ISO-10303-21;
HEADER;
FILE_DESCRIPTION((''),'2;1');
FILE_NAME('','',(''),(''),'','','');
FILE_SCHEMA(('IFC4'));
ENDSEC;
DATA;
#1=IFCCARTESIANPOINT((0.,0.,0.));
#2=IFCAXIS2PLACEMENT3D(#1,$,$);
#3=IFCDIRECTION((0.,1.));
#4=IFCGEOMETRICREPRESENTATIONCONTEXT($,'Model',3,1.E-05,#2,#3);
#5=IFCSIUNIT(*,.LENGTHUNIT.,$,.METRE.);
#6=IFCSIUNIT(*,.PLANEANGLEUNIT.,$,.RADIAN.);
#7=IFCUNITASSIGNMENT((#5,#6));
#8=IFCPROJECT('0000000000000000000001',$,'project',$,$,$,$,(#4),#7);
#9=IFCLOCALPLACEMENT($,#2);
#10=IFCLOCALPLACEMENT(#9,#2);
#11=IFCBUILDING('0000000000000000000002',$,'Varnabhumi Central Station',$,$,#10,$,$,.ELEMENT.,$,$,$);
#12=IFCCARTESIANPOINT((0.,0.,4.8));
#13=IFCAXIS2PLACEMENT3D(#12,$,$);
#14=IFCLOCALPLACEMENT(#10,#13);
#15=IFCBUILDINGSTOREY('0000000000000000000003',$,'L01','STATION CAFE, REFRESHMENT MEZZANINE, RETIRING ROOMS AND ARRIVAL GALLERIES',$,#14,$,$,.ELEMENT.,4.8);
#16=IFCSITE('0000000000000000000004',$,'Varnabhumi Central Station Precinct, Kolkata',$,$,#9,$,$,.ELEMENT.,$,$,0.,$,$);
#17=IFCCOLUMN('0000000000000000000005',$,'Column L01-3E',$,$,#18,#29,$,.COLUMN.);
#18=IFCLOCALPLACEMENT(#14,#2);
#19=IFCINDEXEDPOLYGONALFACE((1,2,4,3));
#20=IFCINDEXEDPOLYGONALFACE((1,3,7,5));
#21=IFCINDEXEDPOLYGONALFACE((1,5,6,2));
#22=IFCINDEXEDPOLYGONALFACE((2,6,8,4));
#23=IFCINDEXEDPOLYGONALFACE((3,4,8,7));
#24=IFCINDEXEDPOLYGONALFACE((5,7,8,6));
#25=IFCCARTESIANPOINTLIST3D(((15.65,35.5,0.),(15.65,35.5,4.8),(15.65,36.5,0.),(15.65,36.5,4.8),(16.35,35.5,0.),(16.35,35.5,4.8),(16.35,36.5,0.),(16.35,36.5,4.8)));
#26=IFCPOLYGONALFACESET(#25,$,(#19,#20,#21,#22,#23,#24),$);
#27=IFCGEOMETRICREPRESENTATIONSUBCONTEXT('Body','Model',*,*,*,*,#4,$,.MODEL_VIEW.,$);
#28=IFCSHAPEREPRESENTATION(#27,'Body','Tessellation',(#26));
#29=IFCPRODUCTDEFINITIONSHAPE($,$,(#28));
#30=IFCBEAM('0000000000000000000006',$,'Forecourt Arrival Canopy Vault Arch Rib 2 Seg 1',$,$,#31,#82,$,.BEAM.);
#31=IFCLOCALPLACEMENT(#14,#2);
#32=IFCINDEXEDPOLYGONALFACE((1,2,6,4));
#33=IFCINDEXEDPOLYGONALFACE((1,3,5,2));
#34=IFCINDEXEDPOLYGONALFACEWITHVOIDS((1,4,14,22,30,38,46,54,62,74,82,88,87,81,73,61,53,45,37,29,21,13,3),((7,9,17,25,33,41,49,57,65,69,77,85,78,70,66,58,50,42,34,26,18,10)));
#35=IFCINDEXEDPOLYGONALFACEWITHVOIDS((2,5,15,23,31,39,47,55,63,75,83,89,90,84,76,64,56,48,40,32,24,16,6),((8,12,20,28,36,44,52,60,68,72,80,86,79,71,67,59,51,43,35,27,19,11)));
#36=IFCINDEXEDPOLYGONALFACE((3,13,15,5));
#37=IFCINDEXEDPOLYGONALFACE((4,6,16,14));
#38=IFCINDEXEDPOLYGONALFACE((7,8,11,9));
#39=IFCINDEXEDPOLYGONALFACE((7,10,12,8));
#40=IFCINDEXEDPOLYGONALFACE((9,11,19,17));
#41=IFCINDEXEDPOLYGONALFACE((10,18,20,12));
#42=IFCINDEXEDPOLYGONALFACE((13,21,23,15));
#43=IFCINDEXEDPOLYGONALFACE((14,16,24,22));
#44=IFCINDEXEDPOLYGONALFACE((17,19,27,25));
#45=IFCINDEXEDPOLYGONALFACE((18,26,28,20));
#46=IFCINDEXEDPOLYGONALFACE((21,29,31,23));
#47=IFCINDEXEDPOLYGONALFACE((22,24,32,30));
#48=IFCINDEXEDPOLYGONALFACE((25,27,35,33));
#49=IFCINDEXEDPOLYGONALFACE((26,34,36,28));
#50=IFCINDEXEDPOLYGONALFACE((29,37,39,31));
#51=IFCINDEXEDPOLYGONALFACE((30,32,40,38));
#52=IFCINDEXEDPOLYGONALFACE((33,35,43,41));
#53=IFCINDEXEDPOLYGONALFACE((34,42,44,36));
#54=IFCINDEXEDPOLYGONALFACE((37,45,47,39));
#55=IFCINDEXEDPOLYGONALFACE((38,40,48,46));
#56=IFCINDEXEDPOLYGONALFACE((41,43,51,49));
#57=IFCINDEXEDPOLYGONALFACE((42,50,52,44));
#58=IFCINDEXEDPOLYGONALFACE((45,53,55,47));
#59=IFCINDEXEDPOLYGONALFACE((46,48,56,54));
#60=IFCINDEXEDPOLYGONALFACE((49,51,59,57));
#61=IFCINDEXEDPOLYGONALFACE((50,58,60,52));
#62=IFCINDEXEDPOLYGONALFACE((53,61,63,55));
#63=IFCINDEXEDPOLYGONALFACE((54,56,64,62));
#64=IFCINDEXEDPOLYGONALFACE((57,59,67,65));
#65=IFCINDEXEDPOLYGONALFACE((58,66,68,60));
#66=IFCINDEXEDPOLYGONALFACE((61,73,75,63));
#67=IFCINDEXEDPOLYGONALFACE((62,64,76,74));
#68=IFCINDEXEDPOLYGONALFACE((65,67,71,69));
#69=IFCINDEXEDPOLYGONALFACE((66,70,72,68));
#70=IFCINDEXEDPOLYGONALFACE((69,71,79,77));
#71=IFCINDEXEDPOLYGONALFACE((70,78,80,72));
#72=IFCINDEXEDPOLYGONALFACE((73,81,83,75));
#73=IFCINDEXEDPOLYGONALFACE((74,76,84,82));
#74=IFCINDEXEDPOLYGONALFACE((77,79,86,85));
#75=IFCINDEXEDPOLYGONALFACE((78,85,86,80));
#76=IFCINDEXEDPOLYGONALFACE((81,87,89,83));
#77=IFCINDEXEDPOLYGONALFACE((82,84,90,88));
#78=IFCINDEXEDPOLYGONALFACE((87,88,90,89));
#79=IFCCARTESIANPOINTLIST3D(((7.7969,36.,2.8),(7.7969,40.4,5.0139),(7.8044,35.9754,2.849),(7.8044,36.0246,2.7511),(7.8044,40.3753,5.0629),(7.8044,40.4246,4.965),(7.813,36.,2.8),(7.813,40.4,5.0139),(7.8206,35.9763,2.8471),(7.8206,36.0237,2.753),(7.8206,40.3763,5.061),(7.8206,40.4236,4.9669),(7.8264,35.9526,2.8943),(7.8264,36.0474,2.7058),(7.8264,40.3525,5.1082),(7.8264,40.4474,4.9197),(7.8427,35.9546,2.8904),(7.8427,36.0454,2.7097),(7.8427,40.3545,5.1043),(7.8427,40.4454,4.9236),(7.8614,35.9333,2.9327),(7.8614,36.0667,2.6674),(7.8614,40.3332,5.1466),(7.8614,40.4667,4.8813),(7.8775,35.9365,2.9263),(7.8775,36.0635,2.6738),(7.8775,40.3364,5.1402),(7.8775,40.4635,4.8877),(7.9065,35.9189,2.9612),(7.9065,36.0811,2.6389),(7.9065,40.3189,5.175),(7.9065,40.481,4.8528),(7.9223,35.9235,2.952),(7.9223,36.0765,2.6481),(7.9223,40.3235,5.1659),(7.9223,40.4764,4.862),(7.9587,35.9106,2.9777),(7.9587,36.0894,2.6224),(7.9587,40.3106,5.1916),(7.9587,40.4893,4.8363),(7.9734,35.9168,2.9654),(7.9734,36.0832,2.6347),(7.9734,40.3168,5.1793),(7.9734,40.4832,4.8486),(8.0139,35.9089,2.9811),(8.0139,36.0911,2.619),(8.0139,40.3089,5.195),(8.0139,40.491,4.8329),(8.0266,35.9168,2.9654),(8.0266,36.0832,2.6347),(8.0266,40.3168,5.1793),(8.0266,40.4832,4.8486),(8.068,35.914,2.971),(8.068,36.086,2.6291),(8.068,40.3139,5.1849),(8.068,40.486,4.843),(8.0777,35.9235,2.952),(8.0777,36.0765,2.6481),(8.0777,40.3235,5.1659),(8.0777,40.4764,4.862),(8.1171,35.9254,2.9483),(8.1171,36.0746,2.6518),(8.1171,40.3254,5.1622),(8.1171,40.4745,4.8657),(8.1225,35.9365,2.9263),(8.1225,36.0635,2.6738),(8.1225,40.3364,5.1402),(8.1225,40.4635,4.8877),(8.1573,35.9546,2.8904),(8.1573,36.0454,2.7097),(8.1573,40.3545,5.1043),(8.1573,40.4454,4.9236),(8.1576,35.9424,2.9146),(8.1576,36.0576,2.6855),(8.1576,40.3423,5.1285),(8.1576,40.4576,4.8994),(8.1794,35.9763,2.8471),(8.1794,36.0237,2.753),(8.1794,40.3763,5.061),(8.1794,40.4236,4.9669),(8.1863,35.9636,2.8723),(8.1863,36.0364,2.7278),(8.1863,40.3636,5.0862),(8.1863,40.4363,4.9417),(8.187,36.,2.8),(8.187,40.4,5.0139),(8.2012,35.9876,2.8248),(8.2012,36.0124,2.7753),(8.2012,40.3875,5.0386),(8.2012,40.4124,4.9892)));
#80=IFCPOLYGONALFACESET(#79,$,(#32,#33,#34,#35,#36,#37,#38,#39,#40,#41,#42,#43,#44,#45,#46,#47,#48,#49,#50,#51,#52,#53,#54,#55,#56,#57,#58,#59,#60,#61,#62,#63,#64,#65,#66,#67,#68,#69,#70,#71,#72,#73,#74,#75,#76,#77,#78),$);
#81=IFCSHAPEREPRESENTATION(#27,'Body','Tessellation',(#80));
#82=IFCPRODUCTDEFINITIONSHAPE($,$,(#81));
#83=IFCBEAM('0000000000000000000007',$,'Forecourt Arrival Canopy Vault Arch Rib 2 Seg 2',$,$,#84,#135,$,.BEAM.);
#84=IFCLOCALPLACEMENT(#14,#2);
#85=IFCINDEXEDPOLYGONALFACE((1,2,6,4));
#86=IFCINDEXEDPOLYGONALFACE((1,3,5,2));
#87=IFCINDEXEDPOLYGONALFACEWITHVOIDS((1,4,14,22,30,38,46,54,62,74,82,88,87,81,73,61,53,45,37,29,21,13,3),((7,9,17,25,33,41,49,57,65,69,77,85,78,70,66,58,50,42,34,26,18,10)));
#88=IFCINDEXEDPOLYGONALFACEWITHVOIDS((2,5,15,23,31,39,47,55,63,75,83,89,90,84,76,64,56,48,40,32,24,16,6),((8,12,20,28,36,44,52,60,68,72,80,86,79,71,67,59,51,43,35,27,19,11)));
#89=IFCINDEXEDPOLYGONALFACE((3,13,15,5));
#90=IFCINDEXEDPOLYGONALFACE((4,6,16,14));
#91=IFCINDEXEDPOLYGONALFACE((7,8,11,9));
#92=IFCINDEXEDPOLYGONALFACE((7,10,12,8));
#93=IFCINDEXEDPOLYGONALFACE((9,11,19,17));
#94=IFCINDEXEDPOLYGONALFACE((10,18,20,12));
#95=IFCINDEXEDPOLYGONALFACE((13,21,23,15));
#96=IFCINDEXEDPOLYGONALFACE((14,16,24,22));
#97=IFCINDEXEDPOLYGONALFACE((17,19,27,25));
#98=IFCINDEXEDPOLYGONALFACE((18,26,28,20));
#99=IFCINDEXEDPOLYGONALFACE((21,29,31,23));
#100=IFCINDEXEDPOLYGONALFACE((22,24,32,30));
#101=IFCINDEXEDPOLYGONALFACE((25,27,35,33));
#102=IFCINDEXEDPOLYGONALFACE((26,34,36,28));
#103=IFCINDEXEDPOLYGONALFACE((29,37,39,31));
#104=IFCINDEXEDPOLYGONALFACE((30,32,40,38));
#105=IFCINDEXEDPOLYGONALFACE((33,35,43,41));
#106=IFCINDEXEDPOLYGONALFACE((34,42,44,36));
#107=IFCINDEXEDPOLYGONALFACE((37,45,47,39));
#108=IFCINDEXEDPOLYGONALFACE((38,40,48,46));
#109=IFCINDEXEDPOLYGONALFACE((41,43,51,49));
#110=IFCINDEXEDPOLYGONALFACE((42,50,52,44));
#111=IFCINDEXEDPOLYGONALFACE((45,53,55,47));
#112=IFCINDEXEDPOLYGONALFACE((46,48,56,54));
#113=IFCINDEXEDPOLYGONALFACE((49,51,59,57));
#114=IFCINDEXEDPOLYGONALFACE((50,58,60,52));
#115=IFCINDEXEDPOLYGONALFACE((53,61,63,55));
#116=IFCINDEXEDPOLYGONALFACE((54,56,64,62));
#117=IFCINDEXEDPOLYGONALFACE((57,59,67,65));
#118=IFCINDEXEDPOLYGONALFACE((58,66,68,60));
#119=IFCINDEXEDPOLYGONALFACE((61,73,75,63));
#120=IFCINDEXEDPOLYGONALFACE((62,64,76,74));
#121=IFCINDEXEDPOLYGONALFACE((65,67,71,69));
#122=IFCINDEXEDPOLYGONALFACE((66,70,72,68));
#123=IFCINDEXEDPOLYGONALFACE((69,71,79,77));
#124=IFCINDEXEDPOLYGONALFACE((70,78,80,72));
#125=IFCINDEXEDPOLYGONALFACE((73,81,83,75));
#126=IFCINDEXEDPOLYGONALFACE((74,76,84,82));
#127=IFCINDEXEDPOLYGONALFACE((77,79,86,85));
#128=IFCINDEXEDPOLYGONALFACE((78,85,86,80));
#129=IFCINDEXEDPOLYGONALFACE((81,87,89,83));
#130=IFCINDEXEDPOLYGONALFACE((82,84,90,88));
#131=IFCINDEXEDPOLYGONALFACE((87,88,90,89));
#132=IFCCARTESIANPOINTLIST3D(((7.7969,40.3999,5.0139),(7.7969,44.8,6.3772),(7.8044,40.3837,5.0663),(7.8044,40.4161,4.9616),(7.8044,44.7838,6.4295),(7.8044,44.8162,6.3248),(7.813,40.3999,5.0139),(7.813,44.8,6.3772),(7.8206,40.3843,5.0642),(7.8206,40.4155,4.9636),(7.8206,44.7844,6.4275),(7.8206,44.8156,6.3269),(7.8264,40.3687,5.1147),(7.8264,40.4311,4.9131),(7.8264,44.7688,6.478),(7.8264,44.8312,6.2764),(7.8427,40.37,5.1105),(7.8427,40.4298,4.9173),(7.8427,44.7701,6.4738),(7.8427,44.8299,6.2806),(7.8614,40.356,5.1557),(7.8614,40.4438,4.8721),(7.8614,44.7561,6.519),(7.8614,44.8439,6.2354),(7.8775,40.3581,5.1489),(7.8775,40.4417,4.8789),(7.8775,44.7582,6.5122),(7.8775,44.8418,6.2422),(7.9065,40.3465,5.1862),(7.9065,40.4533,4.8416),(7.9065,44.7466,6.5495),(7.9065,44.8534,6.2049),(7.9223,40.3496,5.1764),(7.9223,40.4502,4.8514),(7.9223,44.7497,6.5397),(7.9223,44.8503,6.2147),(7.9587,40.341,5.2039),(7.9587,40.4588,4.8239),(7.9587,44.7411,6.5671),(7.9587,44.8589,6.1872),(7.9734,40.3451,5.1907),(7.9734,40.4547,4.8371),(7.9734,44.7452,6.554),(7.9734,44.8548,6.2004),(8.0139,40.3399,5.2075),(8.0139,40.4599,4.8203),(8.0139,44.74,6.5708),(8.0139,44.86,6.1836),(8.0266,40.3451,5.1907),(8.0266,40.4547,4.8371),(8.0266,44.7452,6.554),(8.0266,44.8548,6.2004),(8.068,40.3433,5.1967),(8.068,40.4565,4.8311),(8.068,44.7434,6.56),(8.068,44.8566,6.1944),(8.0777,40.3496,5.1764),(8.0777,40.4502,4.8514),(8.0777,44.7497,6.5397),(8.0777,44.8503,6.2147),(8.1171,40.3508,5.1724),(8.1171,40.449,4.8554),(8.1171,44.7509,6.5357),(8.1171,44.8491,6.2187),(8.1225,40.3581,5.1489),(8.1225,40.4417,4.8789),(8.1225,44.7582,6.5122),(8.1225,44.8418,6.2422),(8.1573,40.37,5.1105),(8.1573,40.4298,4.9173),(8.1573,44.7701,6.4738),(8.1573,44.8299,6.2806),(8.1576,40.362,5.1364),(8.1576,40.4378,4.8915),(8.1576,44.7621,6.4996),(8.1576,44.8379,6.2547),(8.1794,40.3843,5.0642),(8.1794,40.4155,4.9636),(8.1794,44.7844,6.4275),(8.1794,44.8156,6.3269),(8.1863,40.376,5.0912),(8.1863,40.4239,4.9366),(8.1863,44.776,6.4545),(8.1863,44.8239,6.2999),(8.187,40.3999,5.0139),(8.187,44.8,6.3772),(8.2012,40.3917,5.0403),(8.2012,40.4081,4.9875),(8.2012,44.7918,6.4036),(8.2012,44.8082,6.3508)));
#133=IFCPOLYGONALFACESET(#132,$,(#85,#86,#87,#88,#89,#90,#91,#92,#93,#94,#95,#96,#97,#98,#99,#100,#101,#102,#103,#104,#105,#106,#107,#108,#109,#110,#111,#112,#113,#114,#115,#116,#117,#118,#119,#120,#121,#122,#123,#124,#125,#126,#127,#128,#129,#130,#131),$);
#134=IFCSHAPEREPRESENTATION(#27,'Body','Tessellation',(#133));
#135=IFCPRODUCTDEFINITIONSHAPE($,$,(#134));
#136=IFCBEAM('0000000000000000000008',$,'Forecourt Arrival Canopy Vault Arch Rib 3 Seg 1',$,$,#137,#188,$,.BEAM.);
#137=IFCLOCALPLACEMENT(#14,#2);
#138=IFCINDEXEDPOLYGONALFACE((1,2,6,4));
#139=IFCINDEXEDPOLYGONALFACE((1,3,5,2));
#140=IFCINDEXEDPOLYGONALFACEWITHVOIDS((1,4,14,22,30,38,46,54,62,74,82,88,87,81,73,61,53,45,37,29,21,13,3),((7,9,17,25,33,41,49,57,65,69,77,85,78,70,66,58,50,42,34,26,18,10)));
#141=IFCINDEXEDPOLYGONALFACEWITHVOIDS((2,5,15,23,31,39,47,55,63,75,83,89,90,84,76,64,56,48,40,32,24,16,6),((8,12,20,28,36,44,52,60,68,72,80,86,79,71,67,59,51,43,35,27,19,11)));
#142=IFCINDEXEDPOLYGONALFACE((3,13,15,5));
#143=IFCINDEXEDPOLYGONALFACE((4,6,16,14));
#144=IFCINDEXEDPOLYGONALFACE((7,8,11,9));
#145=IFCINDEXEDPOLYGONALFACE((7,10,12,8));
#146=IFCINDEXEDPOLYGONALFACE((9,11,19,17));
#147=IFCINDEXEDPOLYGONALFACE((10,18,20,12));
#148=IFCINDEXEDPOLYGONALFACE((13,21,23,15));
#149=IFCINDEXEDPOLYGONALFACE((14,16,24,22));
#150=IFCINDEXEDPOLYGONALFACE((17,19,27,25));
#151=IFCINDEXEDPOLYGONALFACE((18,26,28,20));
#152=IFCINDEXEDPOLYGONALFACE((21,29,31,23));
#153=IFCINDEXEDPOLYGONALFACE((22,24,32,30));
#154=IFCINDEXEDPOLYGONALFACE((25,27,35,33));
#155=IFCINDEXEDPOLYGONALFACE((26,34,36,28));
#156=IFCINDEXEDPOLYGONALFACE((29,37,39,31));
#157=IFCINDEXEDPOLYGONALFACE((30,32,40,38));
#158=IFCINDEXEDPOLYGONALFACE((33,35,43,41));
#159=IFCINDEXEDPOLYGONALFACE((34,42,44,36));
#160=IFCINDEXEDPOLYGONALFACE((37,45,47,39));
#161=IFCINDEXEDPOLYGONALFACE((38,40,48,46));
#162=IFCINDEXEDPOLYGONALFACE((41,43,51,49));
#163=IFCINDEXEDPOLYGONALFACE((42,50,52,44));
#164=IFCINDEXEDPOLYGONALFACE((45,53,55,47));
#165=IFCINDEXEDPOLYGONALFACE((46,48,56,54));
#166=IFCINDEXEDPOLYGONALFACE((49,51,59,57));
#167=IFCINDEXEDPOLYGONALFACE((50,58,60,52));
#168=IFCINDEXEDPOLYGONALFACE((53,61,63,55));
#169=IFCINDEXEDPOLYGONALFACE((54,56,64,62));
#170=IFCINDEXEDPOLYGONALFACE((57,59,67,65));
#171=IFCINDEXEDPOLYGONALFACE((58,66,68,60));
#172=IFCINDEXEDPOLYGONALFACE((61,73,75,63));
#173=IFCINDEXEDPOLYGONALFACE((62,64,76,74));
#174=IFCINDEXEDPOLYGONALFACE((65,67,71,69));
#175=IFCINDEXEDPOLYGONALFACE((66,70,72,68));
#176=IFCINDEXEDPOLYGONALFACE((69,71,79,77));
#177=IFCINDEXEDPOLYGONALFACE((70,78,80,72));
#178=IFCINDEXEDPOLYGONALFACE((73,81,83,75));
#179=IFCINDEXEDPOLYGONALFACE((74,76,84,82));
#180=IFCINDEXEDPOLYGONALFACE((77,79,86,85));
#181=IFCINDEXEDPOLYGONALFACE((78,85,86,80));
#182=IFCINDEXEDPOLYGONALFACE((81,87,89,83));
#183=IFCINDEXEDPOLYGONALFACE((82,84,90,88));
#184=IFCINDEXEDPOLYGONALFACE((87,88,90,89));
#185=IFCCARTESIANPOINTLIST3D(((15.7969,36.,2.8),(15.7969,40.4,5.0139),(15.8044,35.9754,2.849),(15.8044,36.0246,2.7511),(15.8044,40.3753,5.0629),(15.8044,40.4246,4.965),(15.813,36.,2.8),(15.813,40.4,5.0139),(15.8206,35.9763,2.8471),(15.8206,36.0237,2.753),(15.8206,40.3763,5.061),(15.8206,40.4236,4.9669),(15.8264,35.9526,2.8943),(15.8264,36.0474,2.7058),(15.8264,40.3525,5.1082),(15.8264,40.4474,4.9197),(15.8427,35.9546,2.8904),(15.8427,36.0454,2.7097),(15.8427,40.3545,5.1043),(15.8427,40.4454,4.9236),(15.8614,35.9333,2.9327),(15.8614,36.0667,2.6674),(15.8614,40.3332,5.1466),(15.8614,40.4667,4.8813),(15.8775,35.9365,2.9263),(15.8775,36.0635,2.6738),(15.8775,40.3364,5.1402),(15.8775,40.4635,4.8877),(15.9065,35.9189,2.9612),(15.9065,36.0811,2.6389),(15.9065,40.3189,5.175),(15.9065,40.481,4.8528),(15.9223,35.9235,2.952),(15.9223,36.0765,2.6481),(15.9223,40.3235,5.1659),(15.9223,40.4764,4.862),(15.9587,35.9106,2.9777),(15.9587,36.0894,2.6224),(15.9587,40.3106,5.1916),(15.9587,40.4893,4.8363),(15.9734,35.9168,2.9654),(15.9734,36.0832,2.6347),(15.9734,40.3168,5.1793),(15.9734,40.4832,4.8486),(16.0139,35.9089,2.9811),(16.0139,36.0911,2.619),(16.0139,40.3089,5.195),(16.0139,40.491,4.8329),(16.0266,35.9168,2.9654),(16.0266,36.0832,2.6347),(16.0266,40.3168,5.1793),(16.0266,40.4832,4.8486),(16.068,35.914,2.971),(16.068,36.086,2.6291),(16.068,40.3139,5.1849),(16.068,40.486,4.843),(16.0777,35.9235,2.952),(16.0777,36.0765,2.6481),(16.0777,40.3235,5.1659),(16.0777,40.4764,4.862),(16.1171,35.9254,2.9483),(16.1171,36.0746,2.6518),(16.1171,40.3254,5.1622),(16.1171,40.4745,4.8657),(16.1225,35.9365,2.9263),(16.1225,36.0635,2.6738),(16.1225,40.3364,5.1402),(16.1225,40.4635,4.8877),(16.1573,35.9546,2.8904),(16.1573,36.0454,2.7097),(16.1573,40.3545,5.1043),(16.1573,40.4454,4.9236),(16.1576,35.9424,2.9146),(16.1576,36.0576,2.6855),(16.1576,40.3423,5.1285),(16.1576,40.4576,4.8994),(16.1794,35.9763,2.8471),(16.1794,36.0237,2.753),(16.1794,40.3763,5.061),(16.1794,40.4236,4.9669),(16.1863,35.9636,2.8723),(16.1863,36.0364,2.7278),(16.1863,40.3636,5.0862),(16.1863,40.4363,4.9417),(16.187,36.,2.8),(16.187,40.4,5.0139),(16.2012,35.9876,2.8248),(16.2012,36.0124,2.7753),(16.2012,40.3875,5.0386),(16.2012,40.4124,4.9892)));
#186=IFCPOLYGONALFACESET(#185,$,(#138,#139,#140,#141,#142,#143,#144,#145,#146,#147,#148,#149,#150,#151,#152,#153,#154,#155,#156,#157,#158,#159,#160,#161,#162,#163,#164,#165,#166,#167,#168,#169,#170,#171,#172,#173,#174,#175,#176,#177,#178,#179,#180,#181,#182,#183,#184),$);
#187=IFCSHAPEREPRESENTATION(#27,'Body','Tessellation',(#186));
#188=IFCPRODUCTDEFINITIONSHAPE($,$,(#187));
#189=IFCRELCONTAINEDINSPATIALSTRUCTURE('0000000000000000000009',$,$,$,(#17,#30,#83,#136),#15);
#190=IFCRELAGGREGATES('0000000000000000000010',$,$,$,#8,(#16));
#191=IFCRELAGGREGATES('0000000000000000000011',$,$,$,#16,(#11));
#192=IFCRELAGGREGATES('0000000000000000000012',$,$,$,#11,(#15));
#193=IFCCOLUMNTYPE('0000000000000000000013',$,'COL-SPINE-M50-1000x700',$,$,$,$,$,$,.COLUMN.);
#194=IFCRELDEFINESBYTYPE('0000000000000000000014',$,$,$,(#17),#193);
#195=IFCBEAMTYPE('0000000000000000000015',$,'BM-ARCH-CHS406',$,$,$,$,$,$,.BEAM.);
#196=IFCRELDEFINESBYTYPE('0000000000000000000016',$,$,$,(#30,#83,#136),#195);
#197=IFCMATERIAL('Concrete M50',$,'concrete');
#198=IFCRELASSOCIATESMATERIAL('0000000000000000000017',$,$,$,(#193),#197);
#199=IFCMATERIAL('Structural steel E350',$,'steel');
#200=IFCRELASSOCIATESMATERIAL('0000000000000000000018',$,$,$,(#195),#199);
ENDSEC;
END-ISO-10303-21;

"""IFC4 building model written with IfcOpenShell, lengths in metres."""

from ifc_helpers import new_model, si_unit, direction, frame, origin, origin_2d, place, context, subcontext, project, spatial, rectangle, hollow_circle, extrude, material, material_profile, profile_set, type_object, element, save


model = new_model("IFC4")

# Units and contexts
model_context = context("Model", 3, precision=1e-05, world=origin(), true_north=direction((0.0, 1.0)))
body_context = subcontext(model_context, "Body", "Model", "MODEL_VIEW")
ifc_project = project(units=[si_unit("LENGTHUNIT", "METRE"), si_unit("PLANEANGLEUNIT", "RADIAN")], contexts=[model_context])

# Site, building, storey
site_placement = place(None, origin())
site = spatial("IfcSite", under=ifc_project, at=site_placement, Name="Varnabhumi Central Station Precinct, Kolkata", CompositionType="ELEMENT", RefElevation=0.0)
building_placement = place(site_placement, origin())
building = spatial("IfcBuilding", under=site, at=building_placement, Name="Varnabhumi Central Station", CompositionType="ELEMENT")
storey_placement = place(building_placement, frame((0.0, 0.0, 4.8)))
storey = spatial("IfcBuildingStorey", under=building, at=storey_placement, Name="L01", Description="STATION CAFE, REFRESHMENT MEZZANINE, RETIRING ROOMS AND ARRIVAL GALLERIES", CompositionType="ELEMENT", Elevation=4.8)

# Column
ifc_material_1 = material(Name="Concrete M50", Category="concrete")
ifc_material_profile_1 = material_profile(ifc_material_1, rectangle(XDim=0.7, YDim=1.0, at=origin_2d()), Name="Concrete M50", Category="concrete")
ifc_profile_set_1 = profile_set([ifc_material_profile_1], Name="Concrete M50")
column_type = type_object("IfcColumnType", Name="COL-SPINE-M50-1000x700", PredefinedType="COLUMN", material=ifc_profile_set_1)
column_placement = place(storey_placement, frame((16.0, 36.0, 0.0), z_axis=(0.0, 0.0, 1.0), x_axis=(1.0, 0.0, 0.0)))
element("IfcColumn", 1, at=column_placement, inside=storey, type_object=column_type, Name="Column L01-3E", PredefinedType="COLUMN", context=body_context, shape_type="SweptSolid", body=[
    extrude(rectangle(XDim=0.7, YDim=1.0, at=origin_2d()), origin(), (0.0, 0.0, 1.0), 4.8),
])

# Beams
ifc_material_2 = material(Name="Structural steel E350", Category="steel")
ifc_material_profile_2 = material_profile(ifc_material_2, hollow_circle(Radius=0.2031, WallThickness=0.0161, at=origin_2d()), Name="Structural steel E350", Category="steel")
ifc_profile_set_2 = profile_set([ifc_material_profile_2], Name="Structural steel E350")
beam_type_1 = type_object("IfcBeamType", Name="BM-ARCH-CHS406", PredefinedType="BEAM", material=ifc_profile_set_2)
beam_1_placement = place(storey_placement, frame((8.0, 36.0, 2.8), z_axis=(0.0, 0.893294, 0.449472), x_axis=(-1.0, 0.0, 0.0)))
element("IfcBeam", 2, at=beam_1_placement, inside=storey, type_object=beam_type_1, Name="Forecourt Arrival Canopy Vault Arch Rib 2 Seg 1", PredefinedType="BEAM", context=body_context, shape_type="SweptSolid", body=[
    extrude(hollow_circle(Radius=0.2031, WallThickness=0.0161, at=origin_2d()), origin(), (0.0, 0.0, 1.0), 4.9255),
])
beam_2_placement = place(storey_placement, frame((8.0, 40.3999, 5.0139), z_axis=(0.0, 0.955204, 0.295947), x_axis=(-1.0, 0.0, 0.0)))
element("IfcBeam", 3, at=beam_2_placement, inside=storey, type_object=beam_type_1, Name="Forecourt Arrival Canopy Vault Arch Rib 2 Seg 2", PredefinedType="BEAM", context=body_context, shape_type="SweptSolid", body=[
    extrude(hollow_circle(Radius=0.2031, WallThickness=0.0161, at=origin_2d()), origin(), (0.0, 0.0, 1.0), 4.6064),
])
beam_3_placement = place(storey_placement, frame((16.0, 36.0, 2.8), z_axis=(0.0, 0.893294, 0.449472), x_axis=(-1.0, 0.0, 0.0)))
element("IfcBeam", 4, at=beam_3_placement, inside=storey, type_object=beam_type_1, Name="Forecourt Arrival Canopy Vault Arch Rib 3 Seg 1", PredefinedType="BEAM", context=body_context, shape_type="SweptSolid", body=[
    extrude(hollow_circle(Radius=0.2031, WallThickness=0.0161, at=origin_2d()), origin(), (0.0, 0.0, 1.0), 4.9255),
])

save(model, "model.ifc")
